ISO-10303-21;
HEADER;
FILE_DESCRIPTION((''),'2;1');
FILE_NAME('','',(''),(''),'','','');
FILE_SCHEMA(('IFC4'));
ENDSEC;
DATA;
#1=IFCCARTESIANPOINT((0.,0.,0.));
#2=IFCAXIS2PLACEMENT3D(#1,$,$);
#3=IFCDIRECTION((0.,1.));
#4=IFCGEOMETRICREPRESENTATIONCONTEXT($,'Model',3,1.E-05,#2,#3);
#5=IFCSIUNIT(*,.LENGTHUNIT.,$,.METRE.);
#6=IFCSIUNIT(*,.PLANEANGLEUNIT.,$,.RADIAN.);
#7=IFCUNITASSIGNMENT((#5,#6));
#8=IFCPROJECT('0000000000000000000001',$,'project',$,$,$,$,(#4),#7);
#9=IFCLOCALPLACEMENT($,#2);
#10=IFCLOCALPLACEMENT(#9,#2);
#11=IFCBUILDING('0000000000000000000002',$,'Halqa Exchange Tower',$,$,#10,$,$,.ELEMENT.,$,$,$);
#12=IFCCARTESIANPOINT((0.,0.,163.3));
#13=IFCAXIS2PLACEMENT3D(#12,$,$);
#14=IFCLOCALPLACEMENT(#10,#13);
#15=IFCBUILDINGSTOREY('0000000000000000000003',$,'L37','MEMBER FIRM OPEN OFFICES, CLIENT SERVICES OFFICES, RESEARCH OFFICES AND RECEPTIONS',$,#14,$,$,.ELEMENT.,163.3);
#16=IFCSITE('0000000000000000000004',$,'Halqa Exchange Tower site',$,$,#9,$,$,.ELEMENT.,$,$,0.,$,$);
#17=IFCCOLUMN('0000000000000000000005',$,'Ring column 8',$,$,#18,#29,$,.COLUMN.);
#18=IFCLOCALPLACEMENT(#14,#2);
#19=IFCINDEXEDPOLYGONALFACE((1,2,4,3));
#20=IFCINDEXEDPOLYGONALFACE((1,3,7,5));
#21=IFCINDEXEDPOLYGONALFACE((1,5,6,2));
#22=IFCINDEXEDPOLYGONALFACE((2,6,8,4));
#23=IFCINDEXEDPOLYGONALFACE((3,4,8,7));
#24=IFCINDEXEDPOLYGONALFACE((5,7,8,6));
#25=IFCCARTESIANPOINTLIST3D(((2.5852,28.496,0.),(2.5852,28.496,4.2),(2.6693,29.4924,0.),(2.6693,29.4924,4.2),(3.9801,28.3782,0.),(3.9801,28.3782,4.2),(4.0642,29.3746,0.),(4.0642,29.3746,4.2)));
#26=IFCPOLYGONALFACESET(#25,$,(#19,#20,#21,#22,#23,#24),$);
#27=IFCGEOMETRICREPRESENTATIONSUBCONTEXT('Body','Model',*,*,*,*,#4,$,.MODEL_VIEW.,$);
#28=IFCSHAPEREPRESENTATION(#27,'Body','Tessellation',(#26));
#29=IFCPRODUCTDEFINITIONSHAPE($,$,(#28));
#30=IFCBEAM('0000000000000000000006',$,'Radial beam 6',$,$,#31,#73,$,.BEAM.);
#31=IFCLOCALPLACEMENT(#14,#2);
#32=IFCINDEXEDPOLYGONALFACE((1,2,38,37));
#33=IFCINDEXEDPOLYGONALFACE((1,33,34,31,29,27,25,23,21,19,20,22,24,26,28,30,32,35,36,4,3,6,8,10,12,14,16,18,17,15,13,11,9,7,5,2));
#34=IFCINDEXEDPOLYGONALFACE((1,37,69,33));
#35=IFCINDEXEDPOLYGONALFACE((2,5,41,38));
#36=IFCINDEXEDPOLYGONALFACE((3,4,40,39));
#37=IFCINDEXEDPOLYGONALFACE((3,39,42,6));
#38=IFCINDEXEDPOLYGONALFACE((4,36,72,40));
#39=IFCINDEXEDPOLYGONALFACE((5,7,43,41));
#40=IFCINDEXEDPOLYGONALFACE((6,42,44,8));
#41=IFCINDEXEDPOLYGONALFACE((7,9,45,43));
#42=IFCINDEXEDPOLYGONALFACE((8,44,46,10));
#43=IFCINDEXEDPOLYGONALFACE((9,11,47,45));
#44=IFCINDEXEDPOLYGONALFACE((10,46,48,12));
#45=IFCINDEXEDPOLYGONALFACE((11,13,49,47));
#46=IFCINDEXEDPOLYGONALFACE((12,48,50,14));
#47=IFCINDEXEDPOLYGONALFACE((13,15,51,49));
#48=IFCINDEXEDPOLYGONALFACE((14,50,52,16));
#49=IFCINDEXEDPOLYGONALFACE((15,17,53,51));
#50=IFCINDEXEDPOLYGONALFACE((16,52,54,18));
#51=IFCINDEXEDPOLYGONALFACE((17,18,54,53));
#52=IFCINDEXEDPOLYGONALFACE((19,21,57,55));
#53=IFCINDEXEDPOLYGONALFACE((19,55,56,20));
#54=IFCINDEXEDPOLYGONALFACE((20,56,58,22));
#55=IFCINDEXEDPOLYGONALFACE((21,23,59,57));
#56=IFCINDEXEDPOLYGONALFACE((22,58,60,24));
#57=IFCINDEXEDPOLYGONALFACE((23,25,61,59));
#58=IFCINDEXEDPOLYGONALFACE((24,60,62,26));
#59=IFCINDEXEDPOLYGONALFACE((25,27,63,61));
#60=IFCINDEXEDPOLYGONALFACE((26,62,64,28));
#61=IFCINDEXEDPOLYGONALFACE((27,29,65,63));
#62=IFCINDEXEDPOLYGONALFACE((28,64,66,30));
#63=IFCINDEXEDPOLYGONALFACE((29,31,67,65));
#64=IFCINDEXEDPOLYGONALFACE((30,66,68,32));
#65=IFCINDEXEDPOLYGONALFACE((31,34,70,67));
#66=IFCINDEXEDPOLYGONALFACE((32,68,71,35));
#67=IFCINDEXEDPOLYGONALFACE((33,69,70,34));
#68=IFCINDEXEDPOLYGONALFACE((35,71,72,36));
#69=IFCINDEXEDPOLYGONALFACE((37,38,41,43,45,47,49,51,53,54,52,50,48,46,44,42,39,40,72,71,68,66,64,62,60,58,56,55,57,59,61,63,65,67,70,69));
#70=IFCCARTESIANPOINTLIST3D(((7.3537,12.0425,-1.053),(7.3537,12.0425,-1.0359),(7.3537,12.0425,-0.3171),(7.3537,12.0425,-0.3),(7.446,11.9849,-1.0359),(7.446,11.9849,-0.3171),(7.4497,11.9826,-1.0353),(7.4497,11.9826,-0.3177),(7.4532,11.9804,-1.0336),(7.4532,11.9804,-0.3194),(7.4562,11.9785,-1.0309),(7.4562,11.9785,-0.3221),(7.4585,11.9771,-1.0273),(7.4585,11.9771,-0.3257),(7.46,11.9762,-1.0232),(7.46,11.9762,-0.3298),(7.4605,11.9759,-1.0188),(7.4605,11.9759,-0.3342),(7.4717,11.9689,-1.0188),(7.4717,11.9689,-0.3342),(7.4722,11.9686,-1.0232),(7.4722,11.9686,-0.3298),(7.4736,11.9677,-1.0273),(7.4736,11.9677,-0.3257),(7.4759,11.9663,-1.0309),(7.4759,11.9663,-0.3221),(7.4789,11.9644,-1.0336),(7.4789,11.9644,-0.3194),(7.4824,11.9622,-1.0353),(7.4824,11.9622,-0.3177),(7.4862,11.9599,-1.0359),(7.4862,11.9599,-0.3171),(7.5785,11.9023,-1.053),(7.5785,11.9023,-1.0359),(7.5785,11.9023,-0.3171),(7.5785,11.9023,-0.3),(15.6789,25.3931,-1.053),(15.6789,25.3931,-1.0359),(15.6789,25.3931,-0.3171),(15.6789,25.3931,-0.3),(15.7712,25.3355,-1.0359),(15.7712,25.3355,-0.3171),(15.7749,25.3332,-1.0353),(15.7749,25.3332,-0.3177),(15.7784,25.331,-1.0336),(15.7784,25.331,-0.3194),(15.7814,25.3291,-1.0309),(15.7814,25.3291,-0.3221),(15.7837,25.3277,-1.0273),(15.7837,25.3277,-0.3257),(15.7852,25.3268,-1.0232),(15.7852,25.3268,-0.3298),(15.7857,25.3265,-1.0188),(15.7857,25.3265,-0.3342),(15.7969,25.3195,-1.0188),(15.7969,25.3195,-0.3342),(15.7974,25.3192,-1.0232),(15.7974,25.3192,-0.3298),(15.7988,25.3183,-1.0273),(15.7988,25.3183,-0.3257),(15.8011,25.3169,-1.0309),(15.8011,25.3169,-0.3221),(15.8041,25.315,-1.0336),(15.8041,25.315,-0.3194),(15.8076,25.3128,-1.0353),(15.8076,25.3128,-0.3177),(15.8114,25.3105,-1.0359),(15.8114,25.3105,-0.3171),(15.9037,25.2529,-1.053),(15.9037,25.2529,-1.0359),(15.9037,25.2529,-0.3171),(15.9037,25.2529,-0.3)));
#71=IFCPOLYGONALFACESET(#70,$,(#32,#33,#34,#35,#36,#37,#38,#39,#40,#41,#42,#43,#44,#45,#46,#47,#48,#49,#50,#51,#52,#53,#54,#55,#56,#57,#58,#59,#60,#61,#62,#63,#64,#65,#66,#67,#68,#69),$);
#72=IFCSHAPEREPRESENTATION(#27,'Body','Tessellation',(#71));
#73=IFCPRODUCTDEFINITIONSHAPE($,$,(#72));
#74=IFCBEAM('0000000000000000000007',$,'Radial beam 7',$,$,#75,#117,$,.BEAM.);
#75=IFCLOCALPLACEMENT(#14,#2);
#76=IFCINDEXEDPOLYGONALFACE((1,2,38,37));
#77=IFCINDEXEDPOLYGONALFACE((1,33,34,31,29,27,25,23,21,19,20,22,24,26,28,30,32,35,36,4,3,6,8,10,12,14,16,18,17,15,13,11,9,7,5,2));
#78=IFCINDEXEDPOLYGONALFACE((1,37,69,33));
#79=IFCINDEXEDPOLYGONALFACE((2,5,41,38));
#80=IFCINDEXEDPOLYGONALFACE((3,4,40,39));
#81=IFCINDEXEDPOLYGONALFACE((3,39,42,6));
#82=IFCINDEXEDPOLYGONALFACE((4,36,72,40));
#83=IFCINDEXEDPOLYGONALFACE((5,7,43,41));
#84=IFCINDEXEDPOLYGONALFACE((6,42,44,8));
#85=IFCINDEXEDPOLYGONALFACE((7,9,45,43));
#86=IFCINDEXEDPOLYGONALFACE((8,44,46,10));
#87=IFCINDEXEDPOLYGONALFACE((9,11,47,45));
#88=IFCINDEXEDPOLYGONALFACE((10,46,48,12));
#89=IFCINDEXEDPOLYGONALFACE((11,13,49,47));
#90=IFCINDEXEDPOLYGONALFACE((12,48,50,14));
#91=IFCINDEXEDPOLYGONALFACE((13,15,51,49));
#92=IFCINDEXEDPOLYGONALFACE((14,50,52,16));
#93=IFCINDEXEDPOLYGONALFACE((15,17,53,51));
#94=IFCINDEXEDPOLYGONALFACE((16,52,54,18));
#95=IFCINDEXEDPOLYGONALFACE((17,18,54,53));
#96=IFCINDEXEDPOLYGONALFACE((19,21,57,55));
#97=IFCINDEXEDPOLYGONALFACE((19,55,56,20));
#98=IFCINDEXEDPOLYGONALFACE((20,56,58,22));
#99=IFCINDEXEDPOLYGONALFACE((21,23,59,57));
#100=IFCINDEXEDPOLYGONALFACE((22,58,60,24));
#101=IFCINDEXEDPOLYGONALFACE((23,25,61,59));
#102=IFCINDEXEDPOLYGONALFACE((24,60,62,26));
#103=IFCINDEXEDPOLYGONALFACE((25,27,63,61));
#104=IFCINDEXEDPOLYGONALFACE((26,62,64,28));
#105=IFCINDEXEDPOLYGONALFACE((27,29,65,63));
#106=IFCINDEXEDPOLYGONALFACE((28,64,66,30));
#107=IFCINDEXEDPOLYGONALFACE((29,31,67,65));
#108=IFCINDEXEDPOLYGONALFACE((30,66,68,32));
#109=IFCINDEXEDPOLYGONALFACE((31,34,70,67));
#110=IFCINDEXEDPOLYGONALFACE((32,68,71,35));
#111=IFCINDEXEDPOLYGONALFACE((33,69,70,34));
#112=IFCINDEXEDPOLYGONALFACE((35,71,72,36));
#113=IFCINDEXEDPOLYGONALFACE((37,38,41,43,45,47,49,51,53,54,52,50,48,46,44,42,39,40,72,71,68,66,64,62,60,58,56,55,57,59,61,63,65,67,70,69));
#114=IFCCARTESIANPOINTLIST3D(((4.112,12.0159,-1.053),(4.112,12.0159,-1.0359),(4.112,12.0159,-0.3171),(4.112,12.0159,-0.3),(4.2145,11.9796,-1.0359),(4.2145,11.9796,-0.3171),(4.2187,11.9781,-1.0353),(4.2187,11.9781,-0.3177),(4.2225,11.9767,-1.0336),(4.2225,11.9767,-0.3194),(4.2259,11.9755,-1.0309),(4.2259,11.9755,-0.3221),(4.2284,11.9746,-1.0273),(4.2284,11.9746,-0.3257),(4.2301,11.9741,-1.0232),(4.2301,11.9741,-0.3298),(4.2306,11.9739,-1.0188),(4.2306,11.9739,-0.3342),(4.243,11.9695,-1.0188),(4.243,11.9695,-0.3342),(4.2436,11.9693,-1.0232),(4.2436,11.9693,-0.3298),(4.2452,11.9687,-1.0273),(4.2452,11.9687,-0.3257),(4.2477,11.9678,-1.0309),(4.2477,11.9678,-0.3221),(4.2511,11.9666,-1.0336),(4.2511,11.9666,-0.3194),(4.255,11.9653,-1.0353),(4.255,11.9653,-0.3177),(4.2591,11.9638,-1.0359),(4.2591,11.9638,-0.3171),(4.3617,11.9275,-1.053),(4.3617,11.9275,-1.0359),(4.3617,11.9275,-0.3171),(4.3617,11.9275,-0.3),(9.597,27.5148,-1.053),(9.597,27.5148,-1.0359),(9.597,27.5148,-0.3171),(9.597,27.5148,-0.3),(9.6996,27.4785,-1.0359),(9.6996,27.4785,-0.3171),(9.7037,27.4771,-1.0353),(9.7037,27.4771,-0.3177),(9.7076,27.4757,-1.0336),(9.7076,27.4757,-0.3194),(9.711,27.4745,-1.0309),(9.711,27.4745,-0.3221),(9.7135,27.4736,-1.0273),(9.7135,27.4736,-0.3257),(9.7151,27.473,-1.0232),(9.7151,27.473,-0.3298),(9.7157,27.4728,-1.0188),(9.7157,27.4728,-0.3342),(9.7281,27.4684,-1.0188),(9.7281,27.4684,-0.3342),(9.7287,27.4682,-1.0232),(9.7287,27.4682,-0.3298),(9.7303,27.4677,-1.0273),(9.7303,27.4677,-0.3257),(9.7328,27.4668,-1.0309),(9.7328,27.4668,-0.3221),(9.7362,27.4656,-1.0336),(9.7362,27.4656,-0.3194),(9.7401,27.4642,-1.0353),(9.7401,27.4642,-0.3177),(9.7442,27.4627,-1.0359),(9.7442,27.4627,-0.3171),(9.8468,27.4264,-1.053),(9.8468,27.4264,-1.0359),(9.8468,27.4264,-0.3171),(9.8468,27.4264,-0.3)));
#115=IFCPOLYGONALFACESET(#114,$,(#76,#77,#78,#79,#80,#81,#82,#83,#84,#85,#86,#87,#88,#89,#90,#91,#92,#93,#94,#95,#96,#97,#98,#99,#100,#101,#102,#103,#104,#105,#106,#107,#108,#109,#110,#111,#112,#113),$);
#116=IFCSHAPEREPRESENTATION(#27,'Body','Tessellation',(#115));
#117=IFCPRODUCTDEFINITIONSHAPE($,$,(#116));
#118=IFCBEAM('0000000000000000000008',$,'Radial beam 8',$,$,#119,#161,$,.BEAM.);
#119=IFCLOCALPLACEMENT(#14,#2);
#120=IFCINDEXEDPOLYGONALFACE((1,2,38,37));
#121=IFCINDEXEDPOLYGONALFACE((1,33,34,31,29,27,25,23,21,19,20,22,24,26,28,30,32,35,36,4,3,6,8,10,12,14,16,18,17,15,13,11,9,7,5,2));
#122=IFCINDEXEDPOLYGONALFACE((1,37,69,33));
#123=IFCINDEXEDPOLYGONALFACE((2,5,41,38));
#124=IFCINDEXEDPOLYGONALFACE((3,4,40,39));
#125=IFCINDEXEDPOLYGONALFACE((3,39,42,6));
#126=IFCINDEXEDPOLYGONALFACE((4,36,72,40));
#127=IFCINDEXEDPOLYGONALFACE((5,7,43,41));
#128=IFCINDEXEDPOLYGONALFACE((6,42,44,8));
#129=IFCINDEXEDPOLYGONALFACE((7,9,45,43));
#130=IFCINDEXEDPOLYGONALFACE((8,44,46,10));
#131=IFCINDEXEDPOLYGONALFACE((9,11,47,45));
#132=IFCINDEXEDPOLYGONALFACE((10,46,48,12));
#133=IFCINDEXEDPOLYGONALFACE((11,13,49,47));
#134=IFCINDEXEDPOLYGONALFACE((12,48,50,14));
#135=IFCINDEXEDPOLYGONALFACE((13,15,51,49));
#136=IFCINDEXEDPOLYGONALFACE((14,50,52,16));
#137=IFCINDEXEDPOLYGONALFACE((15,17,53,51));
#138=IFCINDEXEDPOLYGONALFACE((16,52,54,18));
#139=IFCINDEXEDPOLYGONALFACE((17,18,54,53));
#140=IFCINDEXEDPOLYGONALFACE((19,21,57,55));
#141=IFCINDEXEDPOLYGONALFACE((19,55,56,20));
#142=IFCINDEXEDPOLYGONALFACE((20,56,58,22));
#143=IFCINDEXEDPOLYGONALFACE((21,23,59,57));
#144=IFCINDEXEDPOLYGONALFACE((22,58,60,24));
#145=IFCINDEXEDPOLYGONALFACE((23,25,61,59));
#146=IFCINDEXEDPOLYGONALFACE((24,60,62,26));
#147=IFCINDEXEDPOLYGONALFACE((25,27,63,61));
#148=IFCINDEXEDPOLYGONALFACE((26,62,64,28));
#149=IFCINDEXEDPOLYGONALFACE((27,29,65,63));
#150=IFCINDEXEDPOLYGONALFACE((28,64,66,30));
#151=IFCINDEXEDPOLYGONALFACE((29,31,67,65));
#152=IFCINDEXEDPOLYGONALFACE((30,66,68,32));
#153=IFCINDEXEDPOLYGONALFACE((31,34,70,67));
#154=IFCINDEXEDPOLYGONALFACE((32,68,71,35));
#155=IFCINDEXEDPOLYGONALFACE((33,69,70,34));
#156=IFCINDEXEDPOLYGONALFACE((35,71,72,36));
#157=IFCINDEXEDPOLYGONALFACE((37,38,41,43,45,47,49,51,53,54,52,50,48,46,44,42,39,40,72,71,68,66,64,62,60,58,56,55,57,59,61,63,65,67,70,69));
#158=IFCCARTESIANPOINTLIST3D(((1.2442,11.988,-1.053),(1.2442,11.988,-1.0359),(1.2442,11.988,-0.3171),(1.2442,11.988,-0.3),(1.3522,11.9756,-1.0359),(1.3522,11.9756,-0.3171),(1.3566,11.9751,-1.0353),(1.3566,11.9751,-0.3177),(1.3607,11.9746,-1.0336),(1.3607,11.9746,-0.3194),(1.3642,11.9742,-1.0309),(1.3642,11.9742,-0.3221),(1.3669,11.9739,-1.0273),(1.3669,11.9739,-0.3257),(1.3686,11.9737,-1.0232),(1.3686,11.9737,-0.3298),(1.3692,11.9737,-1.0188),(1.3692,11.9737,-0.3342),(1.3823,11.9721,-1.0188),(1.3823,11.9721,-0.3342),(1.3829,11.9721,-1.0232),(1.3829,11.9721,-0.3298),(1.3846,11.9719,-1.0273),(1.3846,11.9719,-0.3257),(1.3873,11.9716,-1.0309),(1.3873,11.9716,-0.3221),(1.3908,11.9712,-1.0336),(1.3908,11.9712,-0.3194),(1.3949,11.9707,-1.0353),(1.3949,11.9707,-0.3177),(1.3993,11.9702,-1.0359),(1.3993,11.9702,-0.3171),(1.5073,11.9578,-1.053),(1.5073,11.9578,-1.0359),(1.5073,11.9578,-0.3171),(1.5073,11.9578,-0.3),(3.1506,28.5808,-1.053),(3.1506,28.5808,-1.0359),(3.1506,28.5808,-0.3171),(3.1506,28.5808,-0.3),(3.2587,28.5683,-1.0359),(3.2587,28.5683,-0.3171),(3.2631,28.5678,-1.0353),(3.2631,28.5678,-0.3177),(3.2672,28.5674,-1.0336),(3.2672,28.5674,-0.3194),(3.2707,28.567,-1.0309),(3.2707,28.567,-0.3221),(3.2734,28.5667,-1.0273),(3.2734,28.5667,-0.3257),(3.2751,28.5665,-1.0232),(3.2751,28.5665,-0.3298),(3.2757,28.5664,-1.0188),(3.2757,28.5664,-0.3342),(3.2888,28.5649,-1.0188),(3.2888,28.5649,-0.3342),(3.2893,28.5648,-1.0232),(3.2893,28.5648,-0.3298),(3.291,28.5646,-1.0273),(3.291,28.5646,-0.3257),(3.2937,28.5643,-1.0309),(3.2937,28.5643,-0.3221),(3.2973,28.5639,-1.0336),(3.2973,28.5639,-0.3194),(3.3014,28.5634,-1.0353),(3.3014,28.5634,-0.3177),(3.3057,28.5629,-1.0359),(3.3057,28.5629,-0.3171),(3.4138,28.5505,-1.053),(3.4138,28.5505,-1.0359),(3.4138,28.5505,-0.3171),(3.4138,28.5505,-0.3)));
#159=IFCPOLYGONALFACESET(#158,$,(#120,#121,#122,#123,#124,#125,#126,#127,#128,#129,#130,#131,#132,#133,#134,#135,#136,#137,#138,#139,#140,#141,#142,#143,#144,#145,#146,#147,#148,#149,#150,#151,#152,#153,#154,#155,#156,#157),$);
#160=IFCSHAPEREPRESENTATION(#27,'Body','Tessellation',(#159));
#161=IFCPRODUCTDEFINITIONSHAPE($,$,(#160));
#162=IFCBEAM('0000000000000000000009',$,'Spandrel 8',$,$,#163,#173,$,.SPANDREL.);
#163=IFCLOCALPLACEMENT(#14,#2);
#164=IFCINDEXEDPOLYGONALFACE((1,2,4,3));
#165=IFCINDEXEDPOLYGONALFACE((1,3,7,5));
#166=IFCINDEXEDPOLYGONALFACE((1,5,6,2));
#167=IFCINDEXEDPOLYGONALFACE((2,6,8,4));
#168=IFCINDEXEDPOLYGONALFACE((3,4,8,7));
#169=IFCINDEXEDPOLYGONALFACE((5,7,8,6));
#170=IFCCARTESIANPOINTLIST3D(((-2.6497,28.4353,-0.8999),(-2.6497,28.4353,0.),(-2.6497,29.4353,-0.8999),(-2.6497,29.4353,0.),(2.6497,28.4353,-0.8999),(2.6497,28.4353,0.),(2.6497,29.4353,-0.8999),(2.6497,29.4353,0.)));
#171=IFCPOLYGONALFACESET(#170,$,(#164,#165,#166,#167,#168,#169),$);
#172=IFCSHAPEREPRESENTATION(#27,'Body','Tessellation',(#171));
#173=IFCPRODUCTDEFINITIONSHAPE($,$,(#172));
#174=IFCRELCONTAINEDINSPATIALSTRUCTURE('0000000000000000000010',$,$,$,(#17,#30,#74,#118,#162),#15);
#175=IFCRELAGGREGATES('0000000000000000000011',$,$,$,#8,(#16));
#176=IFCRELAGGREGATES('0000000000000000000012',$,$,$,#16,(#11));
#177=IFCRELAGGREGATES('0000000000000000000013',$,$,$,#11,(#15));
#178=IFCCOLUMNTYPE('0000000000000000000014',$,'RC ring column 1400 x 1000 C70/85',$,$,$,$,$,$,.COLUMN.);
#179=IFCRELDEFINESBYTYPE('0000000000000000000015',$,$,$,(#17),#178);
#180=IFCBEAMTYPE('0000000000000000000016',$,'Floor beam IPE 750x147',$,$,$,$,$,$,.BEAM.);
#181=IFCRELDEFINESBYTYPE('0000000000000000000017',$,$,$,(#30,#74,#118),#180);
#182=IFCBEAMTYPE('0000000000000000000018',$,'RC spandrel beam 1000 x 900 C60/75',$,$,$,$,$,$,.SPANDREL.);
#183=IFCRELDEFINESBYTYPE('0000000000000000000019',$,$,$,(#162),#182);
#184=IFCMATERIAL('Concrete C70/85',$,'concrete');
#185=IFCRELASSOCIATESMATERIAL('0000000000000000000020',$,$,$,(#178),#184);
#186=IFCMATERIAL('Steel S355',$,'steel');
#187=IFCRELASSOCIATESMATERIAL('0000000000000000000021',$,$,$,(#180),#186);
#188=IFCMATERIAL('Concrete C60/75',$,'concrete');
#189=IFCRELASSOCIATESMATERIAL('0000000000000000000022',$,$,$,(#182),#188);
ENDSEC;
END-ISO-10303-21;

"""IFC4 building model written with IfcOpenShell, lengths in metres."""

from ifc_helpers import new_model, si_unit, direction, frame, origin, origin_2d, place, context, subcontext, project, spatial, rectangle, i_section, extrude, material, material_profile, profile_set, type_object, element, save


model = new_model("IFC4")

# Units and contexts
model_context = context("Model", 3, precision=1e-05, world=origin(), true_north=direction((0.0, 1.0)))
body_context = subcontext(model_context, "Body", "Model", "MODEL_VIEW")
ifc_project = project(units=[si_unit("LENGTHUNIT", "METRE"), si_unit("PLANEANGLEUNIT", "RADIAN")], contexts=[model_context])

# Site, building, storey
site_placement = place(None, origin())
site = spatial("IfcSite", under=ifc_project, at=site_placement, Name="Halqa Exchange Tower site", CompositionType="ELEMENT", RefElevation=0.0)
building_placement = place(site_placement, origin())
building = spatial("IfcBuilding", under=site, at=building_placement, Name="Halqa Exchange Tower", CompositionType="ELEMENT")
storey_placement = place(building_placement, frame((0.0, 0.0, 163.3)))
storey = spatial("IfcBuildingStorey", under=building, at=storey_placement, Name="L37", Description="MEMBER FIRM OPEN OFFICES, CLIENT SERVICES OFFICES, RESEARCH OFFICES AND RECEPTIONS", CompositionType="ELEMENT", Elevation=163.3)

# Column
ifc_material_1 = material(Name="Concrete C70/85", Category="concrete")
ifc_material_profile_1 = material_profile(ifc_material_1, rectangle(XDim=1.3999, YDim=1.0, at=origin_2d()), Name="1400 x 1000")
ifc_profile_set_1 = profile_set([ifc_material_profile_1], Name="Concrete C70/85")
column_type = type_object("IfcColumnType", Name="RC ring column 1400 x 1000 C70/85", PredefinedType="COLUMN", material=ifc_profile_set_1)
column_placement = place(storey_placement, frame((3.3247, 28.9353, 0.0), z_axis=(0.0, 0.0, 1.0), x_axis=(-0.996455, 0.084125, 0.0)))
element("IfcColumn", 1, at=column_placement, inside=storey, type_object=column_type, Name="Ring column 8", PredefinedType="COLUMN", context=body_context, shape_type="SweptSolid", body=[
    extrude(rectangle(XDim=1.3999, YDim=1.0, at=origin_2d()), origin(), (0.0, 0.0, 1.0), 4.2),
])

# Beams
ifc_material_2 = material(Name="Steel S355", Category="steel")
ifc_material_profile_2 = material_profile(ifc_material_2, i_section(OverallWidth=0.2649, OverallDepth=0.7529, WebThickness=0.0132, FlangeThickness=0.0171, FilletRadius=0.0171, at=origin_2d()), Name="IPE 750x147")
ifc_profile_set_2 = profile_set([ifc_material_profile_2], Name="Steel S355")
beam_type_1 = type_object("IfcBeamType", Name="Floor beam IPE 750x147", PredefinedType="BEAM", material=ifc_profile_set_2)
beam_1_placement = place(storey_placement, frame((7.4661, 11.9724, -0.6765), z_axis=(0.529134, 0.848538, 0.0), x_axis=(-0.848538, 0.529134, 0.0)))
element("IfcBeam", 2, at=beam_1_placement, inside=storey, type_object=beam_type_1, Name="Radial beam 6", PredefinedType="BEAM", context=body_context, shape_type="SweptSolid", body=[
    extrude(i_section(OverallWidth=0.2649, OverallDepth=0.7529, WebThickness=0.0132, FlangeThickness=0.0171, FilletRadius=0.0171, at=origin_2d()), origin(), (0.0, 0.0, 1.0), 15.7336),
])
beam_2_placement = place(storey_placement, frame((4.2368, 11.9717, -0.6765), z_axis=(0.333624, 0.942706, 0.0), x_axis=(-0.942706, 0.333624, 0.0)))
element("IfcBeam", 3, at=beam_2_placement, inside=storey, type_object=beam_type_1, Name="Radial beam 7", PredefinedType="BEAM", context=body_context, shape_type="SweptSolid", body=[
    extrude(i_section(OverallWidth=0.2649, OverallDepth=0.7529, WebThickness=0.0132, FlangeThickness=0.0171, FilletRadius=0.0171, at=origin_2d()), origin(), (0.0, 0.0, 1.0), 16.4409),
])
beam_3_placement = place(storey_placement, frame((1.3757, 11.9729, -0.6765), z_axis=(0.114148, 0.993464, 0.0), x_axis=(-0.993464, 0.114148, 0.0)))
element("IfcBeam", 4, at=beam_3_placement, inside=storey, type_object=beam_type_1, Name="Radial beam 8", PredefinedType="BEAM", context=body_context, shape_type="SweptSolid", body=[
    extrude(i_section(OverallWidth=0.2649, OverallDepth=0.7529, WebThickness=0.0132, FlangeThickness=0.0171, FilletRadius=0.0171, at=origin_2d()), origin(), (0.0, 0.0, 1.0), 16.7019),
])
ifc_material_3 = material(Name="Concrete C60/75", Category="concrete")
ifc_material_profile_3 = material_profile(ifc_material_3, rectangle(XDim=1.0, YDim=0.8999, at=origin_2d()), Name="1000 x 900")
ifc_profile_set_3 = profile_set([ifc_material_profile_3], Name="Concrete C60/75")
beam_type_2 = type_object("IfcBeamType", Name="RC spandrel beam 1000 x 900 C60/75", PredefinedType="SPANDREL", material=ifc_profile_set_3)
beam_4_placement = place(storey_placement, frame((2.6497, 28.9353, -0.45), z_axis=(-1.0, 0.0, 0.0), x_axis=(0.0, -1.0, 0.0)))
element("IfcBeam", 5, at=beam_4_placement, inside=storey, type_object=beam_type_2, Name="Spandrel 8", PredefinedType="SPANDREL", context=body_context, shape_type="SweptSolid", body=[
    extrude(rectangle(XDim=1.0, YDim=0.8999, at=origin_2d()), origin(), (0.0, 0.0, 1.0), 5.2993),
])

save(model, "model.ifc")
